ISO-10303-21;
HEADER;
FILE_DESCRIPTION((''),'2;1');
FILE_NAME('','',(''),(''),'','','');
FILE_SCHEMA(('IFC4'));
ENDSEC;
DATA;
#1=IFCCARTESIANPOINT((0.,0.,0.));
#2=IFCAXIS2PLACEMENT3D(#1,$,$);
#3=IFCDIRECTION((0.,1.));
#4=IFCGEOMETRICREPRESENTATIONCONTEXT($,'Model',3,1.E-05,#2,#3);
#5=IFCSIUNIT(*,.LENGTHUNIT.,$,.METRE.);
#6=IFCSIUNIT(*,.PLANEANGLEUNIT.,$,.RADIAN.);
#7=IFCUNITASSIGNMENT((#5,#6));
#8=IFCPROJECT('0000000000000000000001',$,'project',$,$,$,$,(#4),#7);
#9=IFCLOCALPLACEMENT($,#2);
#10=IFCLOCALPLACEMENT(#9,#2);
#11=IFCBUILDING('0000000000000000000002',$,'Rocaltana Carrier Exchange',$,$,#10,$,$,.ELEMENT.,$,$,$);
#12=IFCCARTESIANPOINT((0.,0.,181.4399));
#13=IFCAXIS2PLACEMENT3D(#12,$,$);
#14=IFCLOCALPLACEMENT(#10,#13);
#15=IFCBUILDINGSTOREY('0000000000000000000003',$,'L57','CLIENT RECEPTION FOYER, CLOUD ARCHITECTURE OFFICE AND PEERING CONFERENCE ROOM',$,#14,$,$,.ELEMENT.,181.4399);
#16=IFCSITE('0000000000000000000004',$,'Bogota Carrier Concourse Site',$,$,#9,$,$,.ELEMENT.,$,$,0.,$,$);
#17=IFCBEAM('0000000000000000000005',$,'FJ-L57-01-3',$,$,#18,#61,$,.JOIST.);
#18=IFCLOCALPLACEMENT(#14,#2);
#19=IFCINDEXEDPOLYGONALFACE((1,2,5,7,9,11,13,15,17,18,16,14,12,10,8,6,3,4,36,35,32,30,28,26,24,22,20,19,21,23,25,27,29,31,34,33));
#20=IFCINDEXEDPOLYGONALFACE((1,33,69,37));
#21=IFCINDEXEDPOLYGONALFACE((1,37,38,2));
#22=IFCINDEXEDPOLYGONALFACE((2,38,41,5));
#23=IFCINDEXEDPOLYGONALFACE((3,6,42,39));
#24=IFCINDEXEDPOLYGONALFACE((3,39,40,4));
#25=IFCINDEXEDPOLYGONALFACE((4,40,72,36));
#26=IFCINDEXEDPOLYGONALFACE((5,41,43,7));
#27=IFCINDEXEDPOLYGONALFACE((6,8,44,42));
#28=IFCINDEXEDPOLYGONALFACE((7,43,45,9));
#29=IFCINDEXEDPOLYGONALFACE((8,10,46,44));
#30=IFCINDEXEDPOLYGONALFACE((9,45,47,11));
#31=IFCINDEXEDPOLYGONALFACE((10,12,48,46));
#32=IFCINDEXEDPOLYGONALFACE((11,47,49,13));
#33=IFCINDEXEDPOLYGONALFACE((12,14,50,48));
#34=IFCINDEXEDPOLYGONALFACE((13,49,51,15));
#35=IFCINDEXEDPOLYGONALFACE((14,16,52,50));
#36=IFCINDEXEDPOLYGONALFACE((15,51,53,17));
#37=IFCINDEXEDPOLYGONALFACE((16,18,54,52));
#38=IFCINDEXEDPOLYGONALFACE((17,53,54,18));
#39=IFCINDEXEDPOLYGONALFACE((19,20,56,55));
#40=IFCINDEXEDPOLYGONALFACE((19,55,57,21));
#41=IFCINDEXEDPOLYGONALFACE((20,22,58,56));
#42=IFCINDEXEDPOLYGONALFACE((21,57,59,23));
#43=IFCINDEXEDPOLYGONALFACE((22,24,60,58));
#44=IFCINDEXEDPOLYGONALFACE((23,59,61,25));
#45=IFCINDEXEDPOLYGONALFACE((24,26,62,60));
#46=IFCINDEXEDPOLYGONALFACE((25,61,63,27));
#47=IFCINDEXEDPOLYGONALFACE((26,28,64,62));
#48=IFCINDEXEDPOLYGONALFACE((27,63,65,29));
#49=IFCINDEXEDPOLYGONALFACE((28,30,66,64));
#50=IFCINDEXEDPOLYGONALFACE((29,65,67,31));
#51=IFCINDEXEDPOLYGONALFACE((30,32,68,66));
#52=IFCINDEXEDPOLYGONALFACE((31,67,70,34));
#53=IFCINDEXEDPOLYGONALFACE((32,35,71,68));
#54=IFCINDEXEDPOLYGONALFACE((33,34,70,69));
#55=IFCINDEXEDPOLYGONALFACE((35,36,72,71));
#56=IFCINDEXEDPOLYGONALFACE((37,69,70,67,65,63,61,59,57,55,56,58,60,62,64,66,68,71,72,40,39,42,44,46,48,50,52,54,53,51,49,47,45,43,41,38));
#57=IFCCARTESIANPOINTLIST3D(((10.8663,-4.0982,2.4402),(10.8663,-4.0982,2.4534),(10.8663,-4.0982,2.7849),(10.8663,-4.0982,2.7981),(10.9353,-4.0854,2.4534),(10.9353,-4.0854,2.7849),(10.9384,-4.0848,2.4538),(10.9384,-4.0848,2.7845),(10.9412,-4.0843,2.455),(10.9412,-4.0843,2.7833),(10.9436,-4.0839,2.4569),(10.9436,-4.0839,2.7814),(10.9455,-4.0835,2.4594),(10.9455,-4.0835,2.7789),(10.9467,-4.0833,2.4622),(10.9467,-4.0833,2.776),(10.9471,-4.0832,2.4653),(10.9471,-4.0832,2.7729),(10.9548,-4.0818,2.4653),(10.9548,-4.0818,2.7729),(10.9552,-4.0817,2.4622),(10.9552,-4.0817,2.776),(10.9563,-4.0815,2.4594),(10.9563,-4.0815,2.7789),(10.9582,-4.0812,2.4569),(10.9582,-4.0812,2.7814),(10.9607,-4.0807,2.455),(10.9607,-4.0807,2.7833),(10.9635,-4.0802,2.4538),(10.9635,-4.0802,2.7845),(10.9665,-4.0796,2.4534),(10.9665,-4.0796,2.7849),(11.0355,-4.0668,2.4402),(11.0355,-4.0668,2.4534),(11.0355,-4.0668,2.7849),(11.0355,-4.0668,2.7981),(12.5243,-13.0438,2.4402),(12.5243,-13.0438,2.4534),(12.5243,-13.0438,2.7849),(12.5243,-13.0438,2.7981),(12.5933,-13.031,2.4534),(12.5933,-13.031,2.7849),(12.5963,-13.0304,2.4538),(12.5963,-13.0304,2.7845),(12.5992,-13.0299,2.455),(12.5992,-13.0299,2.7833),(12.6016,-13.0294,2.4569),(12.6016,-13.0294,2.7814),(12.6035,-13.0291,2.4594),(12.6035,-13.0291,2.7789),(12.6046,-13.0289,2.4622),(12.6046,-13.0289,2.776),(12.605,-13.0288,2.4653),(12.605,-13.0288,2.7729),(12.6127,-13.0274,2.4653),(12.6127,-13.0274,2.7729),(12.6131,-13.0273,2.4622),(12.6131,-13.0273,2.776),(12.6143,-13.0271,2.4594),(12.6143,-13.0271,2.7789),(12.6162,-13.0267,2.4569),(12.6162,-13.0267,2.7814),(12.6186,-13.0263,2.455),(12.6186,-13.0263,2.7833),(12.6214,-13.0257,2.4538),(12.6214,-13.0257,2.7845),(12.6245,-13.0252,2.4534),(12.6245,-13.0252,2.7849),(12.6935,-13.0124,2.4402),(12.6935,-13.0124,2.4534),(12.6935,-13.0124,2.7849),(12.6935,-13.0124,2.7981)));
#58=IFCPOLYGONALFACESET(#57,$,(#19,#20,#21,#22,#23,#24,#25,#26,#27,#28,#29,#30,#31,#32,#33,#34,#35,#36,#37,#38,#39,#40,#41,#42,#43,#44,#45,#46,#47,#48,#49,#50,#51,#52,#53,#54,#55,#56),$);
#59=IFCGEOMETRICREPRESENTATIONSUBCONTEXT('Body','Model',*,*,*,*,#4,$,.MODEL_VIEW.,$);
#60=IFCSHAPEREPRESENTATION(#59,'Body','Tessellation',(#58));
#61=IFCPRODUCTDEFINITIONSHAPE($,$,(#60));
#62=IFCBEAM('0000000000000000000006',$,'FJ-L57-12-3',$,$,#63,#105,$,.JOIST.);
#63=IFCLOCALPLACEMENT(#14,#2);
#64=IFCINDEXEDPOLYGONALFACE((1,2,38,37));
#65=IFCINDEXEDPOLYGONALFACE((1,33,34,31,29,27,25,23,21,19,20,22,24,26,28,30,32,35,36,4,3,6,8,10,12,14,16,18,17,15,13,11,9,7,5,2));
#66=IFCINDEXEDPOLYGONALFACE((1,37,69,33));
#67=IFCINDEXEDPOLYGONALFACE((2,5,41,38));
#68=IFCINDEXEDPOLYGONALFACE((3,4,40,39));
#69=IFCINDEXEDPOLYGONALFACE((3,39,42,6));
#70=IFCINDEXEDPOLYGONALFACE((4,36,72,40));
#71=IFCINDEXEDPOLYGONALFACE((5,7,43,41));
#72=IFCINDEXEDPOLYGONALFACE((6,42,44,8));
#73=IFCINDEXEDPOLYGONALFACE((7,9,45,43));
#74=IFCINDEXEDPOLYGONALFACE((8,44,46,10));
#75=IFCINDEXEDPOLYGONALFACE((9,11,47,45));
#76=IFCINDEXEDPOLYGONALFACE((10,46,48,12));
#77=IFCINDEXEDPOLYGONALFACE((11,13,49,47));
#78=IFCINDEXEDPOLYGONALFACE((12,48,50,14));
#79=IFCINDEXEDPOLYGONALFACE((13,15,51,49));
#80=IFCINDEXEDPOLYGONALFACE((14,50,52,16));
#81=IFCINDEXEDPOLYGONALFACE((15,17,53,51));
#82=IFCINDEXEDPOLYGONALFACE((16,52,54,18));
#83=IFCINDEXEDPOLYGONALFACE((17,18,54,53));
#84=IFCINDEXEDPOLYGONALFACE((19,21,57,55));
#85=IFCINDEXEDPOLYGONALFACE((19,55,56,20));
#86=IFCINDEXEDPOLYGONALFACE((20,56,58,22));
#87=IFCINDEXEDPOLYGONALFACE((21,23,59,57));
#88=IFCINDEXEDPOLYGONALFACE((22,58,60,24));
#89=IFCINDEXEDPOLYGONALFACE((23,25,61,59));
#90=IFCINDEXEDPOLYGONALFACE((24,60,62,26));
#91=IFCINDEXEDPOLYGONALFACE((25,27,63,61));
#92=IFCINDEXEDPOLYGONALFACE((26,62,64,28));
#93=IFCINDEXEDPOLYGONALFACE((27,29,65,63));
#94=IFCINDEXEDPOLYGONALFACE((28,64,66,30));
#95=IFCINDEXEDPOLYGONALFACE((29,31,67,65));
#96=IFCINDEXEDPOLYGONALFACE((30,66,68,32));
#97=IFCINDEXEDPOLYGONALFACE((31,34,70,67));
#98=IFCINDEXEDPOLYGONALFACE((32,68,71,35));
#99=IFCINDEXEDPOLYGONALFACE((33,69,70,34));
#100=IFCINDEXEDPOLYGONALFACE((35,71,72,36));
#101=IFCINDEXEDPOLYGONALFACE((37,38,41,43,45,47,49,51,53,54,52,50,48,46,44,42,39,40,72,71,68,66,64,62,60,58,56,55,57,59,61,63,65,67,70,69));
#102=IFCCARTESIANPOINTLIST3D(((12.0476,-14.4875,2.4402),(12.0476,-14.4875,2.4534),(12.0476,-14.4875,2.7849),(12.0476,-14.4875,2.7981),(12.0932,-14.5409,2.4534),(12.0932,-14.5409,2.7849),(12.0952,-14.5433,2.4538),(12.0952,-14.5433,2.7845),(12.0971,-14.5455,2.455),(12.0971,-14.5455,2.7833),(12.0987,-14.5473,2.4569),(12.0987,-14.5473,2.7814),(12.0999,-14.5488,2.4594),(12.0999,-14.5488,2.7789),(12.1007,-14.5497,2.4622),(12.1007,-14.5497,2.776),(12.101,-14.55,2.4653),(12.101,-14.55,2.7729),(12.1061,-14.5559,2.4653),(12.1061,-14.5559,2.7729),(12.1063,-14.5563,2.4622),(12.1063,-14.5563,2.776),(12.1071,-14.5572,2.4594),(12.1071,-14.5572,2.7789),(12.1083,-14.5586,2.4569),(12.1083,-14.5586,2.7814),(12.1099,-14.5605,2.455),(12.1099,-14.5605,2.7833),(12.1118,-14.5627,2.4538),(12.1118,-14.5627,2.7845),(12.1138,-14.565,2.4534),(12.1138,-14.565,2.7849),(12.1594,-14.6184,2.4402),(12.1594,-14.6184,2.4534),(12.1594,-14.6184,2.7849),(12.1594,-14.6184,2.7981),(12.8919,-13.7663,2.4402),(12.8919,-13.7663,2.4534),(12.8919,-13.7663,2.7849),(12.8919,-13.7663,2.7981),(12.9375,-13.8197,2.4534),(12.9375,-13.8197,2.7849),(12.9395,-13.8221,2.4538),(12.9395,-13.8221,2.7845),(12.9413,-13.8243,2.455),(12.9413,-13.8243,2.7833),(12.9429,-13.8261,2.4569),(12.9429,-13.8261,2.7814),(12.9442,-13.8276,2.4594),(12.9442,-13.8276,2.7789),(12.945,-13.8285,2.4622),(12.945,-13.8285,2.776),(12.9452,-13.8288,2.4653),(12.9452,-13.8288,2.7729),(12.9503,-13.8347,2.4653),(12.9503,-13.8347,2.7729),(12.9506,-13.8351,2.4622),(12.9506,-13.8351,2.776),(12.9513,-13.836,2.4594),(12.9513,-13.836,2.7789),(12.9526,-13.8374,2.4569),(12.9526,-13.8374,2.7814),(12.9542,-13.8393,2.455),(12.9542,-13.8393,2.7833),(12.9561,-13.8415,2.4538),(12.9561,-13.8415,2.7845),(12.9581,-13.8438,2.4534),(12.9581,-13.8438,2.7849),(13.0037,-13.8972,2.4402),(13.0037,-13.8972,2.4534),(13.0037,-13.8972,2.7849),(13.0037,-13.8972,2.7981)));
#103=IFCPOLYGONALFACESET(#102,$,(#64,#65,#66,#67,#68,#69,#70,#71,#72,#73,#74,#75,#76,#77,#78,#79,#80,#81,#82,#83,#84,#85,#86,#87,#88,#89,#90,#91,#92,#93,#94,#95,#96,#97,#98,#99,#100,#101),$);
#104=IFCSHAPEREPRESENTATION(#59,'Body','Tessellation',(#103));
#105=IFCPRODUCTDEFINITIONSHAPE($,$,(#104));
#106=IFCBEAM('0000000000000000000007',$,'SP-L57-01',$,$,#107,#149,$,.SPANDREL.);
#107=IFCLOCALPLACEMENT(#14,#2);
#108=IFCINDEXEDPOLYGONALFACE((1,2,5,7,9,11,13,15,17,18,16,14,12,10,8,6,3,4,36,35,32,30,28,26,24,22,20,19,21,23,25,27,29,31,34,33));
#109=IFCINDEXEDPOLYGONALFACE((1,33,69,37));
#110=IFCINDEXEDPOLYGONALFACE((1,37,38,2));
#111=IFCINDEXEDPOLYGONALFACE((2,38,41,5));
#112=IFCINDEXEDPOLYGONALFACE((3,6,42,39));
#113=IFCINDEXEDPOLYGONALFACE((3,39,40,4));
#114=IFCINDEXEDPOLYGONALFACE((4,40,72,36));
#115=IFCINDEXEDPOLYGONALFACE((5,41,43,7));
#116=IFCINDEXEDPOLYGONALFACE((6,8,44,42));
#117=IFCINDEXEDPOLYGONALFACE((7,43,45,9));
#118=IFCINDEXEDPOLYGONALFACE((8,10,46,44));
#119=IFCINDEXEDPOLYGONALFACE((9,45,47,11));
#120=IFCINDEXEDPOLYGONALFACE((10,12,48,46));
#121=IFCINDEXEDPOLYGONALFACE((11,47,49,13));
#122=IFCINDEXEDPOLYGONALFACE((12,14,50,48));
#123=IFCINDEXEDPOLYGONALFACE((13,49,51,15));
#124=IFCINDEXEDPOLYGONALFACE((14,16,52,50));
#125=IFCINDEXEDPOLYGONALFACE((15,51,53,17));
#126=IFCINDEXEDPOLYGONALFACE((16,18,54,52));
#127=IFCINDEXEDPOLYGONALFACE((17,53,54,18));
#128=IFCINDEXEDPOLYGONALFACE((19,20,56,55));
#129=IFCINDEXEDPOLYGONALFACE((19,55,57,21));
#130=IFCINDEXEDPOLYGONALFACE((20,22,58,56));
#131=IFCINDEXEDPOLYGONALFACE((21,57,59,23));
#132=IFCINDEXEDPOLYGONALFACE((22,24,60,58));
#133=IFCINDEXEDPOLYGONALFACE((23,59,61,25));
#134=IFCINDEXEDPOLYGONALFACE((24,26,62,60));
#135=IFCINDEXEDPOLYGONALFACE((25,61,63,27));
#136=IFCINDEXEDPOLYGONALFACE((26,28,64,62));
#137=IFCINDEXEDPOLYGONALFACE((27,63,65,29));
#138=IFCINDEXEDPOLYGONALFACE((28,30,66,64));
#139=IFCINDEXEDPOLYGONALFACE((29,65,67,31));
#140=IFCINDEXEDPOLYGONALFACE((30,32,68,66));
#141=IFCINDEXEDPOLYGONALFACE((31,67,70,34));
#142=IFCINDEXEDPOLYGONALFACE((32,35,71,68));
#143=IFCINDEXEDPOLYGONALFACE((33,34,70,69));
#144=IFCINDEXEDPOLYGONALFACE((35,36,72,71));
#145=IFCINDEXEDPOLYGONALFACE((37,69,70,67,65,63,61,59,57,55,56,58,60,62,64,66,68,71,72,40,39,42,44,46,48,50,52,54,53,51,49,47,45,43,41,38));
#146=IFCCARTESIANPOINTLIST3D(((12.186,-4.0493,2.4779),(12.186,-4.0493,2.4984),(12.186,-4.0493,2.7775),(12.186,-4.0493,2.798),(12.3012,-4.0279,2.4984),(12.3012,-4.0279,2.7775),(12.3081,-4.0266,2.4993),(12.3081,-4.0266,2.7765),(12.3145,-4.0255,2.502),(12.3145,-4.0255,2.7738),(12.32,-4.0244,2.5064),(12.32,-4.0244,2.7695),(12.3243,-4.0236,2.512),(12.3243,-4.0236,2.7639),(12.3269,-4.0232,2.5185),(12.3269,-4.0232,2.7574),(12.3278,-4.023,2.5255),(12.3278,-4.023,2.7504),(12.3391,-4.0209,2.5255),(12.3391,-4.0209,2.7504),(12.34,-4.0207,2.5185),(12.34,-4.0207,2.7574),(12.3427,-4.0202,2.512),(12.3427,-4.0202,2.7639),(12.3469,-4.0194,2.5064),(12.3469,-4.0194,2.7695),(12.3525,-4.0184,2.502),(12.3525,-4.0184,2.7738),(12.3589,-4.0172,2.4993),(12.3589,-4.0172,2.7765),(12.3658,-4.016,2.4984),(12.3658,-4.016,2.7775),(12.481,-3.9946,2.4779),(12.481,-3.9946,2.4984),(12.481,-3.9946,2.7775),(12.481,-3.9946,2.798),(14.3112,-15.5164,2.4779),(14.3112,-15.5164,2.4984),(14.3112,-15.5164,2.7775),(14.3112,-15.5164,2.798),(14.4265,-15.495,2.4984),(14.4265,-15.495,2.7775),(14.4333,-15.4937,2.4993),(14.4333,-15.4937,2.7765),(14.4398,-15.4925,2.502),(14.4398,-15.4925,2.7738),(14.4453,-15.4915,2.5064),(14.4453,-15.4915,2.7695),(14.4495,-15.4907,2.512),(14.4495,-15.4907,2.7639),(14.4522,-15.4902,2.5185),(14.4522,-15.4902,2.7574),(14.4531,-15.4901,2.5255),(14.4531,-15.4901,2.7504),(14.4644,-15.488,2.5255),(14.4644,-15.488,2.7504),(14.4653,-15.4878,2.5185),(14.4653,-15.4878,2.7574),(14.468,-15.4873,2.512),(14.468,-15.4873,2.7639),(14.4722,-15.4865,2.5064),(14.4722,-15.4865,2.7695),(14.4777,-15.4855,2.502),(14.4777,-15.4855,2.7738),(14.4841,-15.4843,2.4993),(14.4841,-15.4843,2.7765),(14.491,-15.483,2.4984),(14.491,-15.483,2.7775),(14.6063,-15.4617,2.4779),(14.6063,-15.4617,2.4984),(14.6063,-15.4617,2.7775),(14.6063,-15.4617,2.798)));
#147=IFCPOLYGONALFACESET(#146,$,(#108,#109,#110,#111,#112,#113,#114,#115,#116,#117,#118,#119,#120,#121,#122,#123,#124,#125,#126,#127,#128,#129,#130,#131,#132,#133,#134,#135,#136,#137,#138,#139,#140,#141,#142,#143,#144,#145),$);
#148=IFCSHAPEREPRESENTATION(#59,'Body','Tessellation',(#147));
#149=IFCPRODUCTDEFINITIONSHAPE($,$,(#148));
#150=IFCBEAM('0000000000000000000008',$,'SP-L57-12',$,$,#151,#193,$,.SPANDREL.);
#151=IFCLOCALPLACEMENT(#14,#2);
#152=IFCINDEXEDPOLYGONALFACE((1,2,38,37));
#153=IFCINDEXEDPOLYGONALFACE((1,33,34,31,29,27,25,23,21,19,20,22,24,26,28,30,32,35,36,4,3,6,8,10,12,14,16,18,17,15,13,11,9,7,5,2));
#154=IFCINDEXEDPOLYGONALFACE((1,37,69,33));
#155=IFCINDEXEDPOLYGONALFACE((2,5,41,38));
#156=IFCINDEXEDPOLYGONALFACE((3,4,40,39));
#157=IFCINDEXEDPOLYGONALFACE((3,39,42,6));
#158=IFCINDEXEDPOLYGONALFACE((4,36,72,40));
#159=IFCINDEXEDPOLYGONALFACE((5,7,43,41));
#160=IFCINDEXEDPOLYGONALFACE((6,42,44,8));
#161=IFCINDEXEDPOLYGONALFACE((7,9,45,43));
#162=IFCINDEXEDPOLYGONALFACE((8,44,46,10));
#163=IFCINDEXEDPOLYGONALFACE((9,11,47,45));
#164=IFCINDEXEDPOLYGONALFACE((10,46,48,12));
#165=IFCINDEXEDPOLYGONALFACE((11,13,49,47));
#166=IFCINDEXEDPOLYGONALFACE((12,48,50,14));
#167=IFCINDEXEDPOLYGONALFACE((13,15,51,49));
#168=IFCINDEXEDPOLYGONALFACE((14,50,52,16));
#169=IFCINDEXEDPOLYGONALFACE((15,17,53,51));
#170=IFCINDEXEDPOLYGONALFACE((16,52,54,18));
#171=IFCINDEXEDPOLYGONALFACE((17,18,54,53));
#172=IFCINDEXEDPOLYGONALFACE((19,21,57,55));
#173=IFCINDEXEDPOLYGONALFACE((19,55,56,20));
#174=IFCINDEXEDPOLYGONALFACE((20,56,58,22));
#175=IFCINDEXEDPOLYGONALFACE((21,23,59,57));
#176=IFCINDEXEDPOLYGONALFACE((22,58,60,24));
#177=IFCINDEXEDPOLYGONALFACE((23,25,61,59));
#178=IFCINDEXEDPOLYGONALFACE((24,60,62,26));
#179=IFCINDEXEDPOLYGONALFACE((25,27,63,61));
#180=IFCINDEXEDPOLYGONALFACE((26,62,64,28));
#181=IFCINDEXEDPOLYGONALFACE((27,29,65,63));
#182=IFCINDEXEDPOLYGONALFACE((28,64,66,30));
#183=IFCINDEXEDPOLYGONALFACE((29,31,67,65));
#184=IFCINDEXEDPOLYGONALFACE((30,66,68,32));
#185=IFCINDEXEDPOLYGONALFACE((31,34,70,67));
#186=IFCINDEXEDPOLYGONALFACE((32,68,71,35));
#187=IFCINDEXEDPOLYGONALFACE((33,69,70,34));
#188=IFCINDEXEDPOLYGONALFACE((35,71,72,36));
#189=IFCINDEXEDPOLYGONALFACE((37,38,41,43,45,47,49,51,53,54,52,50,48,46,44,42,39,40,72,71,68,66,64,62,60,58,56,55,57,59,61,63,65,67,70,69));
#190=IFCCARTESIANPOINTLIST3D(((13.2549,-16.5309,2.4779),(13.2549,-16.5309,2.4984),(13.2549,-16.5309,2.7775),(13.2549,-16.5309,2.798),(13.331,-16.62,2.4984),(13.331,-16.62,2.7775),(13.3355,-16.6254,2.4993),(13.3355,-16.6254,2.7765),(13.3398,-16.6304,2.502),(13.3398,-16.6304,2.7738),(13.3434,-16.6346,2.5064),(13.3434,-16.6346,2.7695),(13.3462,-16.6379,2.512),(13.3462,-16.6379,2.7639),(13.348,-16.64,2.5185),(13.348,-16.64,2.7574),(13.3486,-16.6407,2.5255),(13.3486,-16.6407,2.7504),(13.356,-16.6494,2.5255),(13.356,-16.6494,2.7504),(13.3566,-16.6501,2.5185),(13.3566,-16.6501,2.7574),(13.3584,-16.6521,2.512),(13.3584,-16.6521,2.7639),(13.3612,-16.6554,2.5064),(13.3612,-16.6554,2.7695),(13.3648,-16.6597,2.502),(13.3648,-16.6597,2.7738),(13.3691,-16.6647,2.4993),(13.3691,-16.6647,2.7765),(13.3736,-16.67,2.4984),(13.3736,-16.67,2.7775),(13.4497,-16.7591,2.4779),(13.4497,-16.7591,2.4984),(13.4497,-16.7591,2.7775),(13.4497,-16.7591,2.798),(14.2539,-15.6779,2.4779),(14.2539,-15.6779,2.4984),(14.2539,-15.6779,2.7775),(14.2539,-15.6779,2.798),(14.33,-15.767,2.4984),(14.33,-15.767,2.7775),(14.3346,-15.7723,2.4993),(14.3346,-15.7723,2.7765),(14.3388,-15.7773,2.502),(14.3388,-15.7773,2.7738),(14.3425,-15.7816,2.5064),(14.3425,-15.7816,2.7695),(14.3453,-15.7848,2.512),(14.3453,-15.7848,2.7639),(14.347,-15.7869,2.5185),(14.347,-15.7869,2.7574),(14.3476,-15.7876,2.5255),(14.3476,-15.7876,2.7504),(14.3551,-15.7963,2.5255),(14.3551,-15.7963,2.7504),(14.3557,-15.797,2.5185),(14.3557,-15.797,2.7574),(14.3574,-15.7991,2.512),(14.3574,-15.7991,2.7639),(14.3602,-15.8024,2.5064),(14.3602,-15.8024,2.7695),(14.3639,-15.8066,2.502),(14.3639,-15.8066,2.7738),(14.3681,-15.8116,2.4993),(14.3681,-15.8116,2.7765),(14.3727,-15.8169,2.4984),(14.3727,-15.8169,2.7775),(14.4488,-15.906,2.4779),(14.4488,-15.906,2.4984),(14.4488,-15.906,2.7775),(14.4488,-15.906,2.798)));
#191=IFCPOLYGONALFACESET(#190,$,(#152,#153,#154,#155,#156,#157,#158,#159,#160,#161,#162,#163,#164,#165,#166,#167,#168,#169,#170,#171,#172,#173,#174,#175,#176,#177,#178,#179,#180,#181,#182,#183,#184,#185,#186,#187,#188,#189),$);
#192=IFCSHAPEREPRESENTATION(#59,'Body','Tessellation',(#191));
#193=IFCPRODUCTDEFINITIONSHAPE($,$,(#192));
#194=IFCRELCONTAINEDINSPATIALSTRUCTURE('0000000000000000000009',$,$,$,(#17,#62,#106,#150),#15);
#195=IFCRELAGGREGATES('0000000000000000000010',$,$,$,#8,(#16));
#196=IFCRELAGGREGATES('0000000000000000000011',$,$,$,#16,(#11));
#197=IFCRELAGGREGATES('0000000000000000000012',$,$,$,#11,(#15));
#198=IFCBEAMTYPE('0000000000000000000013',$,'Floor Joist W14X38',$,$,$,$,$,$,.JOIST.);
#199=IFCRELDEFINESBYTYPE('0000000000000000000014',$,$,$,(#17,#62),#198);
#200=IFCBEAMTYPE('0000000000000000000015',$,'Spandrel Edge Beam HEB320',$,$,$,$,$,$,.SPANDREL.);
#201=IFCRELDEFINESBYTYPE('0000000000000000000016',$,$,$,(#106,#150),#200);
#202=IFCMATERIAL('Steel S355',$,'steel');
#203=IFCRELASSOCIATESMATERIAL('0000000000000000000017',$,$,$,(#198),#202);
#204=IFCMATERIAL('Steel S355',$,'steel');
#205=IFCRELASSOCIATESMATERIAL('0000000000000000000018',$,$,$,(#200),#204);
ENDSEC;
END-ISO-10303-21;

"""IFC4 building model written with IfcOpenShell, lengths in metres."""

from ifc_helpers import new_model, si_unit, direction, frame, origin, origin_2d, place, context, subcontext, project, spatial, i_section, extrude, material, material_profile, profile_set, type_object, element, save


model = new_model("IFC4")

# Units and contexts
model_context = context("Model", 3, precision=1e-05, world=origin(), true_north=direction((0.0, 1.0)))
body_context = subcontext(model_context, "Body", "Model", "MODEL_VIEW")
ifc_project = project(units=[si_unit("LENGTHUNIT", "METRE"), si_unit("PLANEANGLEUNIT", "RADIAN")], contexts=[model_context])

# Site, building, storey
site_placement = place(None, origin())
site = spatial("IfcSite", under=ifc_project, at=site_placement, Name="Bogota Carrier Concourse Site", CompositionType="ELEMENT", RefElevation=0.0)
building_placement = place(site_placement, origin())
building = spatial("IfcBuilding", under=site, at=building_placement, Name="Rocaltana Carrier Exchange", CompositionType="ELEMENT")
storey_placement = place(building_placement, frame((0.0, 0.0, 181.4399)))
storey = spatial("IfcBuildingStorey", under=building, at=storey_placement, Name="L57", Description="CLIENT RECEPTION FOYER, CLOUD ARCHITECTURE OFFICE AND PEERING CONFERENCE ROOM", CompositionType="ELEMENT", Elevation=181.4399)

# Beams
ifc_material_1 = material(Name="Steel S355", Category="steel")
ifc_material_profile_1 = material_profile(ifc_material_1, i_section(OverallWidth=0.1721, OverallDepth=0.3579, WebThickness=0.0078, FlangeThickness=0.0132, FilletRadius=0.012, at=origin_2d()), Name="W14X38")
ifc_profile_set_1 = profile_set([ifc_material_profile_1], Name="Steel S355")
beam_type_1 = type_object("IfcBeamType", Name="Floor Joist W14X38", PredefinedType="JOIST", material=ifc_profile_set_1)
beam_1_placement = place(storey_placement, frame((12.6089, -13.0281, 2.6191), z_axis=(-0.182235, 0.983255, 0.0), x_axis=(-0.983255, -0.182235, 0.0)))
element("IfcBeam", 1, at=beam_1_placement, inside=storey, type_object=beam_type_1, Name="FJ-L57-01-3", PredefinedType="JOIST", context=body_context, shape_type="SweptSolid", body=[
    extrude(i_section(OverallWidth=0.1721, OverallDepth=0.3579, WebThickness=0.0078, FlangeThickness=0.0132, FilletRadius=0.012, at=origin_2d()), origin(), (0.0, 0.0, 1.0), 9.0979),
])
beam_2_placement = place(storey_placement, frame((12.1035, -14.553, 2.6191), z_axis=(0.760342, 0.649523, 0.0), x_axis=(-0.649523, 0.760342, 0.0)))
element("IfcBeam", 2, at=beam_2_placement, inside=storey, type_object=beam_type_1, Name="FJ-L57-12-3", PredefinedType="JOIST", context=body_context, shape_type="SweptSolid", body=[
    extrude(i_section(OverallWidth=0.1721, OverallDepth=0.3579, WebThickness=0.0078, FlangeThickness=0.0132, FilletRadius=0.012, at=origin_2d()), origin(), (0.0, 0.0, 1.0), 1.1104),
])
ifc_material_2 = material(Name="Steel S355", Category="steel")
ifc_material_profile_2 = material_profile(ifc_material_2, i_section(OverallWidth=0.3, OverallDepth=0.3201, WebThickness=0.0115, FlangeThickness=0.0205, FilletRadius=0.0271, at=origin_2d()), Name="HEB320")
ifc_profile_set_2 = profile_set([ifc_material_profile_2], Name="Steel S355")
beam_type_2 = type_object("IfcBeamType", Name="Spandrel Edge Beam HEB320", PredefinedType="SPANDREL", material=ifc_profile_set_2)
beam_3_placement = place(storey_placement, frame((14.4587, -15.489, 2.6379), z_axis=(-0.182232, 0.983256, 0.0), x_axis=(-0.983256, -0.182232, 0.0)))
element("IfcBeam", 3, at=beam_3_placement, inside=storey, type_object=beam_type_2, Name="SP-L57-01", PredefinedType="SPANDREL", context=body_context, shape_type="SweptSolid", body=[
    extrude(i_section(OverallWidth=0.3, OverallDepth=0.3201, WebThickness=0.0115, FlangeThickness=0.0205, FilletRadius=0.0271, at=origin_2d()), origin(), (0.0, 0.0, 1.0), 11.6624),
])
beam_4_placement = place(storey_placement, frame((13.3523, -16.645, 2.6379), z_axis=(0.760488, 0.649352, 0.0), x_axis=(-0.649352, 0.760488, 0.0)))
element("IfcBeam", 4, at=beam_4_placement, inside=storey, type_object=beam_type_2, Name="SP-L57-12", PredefinedType="SPANDREL", context=body_context, shape_type="SweptSolid", body=[
    extrude(i_section(OverallWidth=0.3, OverallDepth=0.3201, WebThickness=0.0115, FlangeThickness=0.0205, FilletRadius=0.0271, at=origin_2d()), origin(), (0.0, 0.0, 1.0), 1.3137),
])

save(model, "model.ifc")
